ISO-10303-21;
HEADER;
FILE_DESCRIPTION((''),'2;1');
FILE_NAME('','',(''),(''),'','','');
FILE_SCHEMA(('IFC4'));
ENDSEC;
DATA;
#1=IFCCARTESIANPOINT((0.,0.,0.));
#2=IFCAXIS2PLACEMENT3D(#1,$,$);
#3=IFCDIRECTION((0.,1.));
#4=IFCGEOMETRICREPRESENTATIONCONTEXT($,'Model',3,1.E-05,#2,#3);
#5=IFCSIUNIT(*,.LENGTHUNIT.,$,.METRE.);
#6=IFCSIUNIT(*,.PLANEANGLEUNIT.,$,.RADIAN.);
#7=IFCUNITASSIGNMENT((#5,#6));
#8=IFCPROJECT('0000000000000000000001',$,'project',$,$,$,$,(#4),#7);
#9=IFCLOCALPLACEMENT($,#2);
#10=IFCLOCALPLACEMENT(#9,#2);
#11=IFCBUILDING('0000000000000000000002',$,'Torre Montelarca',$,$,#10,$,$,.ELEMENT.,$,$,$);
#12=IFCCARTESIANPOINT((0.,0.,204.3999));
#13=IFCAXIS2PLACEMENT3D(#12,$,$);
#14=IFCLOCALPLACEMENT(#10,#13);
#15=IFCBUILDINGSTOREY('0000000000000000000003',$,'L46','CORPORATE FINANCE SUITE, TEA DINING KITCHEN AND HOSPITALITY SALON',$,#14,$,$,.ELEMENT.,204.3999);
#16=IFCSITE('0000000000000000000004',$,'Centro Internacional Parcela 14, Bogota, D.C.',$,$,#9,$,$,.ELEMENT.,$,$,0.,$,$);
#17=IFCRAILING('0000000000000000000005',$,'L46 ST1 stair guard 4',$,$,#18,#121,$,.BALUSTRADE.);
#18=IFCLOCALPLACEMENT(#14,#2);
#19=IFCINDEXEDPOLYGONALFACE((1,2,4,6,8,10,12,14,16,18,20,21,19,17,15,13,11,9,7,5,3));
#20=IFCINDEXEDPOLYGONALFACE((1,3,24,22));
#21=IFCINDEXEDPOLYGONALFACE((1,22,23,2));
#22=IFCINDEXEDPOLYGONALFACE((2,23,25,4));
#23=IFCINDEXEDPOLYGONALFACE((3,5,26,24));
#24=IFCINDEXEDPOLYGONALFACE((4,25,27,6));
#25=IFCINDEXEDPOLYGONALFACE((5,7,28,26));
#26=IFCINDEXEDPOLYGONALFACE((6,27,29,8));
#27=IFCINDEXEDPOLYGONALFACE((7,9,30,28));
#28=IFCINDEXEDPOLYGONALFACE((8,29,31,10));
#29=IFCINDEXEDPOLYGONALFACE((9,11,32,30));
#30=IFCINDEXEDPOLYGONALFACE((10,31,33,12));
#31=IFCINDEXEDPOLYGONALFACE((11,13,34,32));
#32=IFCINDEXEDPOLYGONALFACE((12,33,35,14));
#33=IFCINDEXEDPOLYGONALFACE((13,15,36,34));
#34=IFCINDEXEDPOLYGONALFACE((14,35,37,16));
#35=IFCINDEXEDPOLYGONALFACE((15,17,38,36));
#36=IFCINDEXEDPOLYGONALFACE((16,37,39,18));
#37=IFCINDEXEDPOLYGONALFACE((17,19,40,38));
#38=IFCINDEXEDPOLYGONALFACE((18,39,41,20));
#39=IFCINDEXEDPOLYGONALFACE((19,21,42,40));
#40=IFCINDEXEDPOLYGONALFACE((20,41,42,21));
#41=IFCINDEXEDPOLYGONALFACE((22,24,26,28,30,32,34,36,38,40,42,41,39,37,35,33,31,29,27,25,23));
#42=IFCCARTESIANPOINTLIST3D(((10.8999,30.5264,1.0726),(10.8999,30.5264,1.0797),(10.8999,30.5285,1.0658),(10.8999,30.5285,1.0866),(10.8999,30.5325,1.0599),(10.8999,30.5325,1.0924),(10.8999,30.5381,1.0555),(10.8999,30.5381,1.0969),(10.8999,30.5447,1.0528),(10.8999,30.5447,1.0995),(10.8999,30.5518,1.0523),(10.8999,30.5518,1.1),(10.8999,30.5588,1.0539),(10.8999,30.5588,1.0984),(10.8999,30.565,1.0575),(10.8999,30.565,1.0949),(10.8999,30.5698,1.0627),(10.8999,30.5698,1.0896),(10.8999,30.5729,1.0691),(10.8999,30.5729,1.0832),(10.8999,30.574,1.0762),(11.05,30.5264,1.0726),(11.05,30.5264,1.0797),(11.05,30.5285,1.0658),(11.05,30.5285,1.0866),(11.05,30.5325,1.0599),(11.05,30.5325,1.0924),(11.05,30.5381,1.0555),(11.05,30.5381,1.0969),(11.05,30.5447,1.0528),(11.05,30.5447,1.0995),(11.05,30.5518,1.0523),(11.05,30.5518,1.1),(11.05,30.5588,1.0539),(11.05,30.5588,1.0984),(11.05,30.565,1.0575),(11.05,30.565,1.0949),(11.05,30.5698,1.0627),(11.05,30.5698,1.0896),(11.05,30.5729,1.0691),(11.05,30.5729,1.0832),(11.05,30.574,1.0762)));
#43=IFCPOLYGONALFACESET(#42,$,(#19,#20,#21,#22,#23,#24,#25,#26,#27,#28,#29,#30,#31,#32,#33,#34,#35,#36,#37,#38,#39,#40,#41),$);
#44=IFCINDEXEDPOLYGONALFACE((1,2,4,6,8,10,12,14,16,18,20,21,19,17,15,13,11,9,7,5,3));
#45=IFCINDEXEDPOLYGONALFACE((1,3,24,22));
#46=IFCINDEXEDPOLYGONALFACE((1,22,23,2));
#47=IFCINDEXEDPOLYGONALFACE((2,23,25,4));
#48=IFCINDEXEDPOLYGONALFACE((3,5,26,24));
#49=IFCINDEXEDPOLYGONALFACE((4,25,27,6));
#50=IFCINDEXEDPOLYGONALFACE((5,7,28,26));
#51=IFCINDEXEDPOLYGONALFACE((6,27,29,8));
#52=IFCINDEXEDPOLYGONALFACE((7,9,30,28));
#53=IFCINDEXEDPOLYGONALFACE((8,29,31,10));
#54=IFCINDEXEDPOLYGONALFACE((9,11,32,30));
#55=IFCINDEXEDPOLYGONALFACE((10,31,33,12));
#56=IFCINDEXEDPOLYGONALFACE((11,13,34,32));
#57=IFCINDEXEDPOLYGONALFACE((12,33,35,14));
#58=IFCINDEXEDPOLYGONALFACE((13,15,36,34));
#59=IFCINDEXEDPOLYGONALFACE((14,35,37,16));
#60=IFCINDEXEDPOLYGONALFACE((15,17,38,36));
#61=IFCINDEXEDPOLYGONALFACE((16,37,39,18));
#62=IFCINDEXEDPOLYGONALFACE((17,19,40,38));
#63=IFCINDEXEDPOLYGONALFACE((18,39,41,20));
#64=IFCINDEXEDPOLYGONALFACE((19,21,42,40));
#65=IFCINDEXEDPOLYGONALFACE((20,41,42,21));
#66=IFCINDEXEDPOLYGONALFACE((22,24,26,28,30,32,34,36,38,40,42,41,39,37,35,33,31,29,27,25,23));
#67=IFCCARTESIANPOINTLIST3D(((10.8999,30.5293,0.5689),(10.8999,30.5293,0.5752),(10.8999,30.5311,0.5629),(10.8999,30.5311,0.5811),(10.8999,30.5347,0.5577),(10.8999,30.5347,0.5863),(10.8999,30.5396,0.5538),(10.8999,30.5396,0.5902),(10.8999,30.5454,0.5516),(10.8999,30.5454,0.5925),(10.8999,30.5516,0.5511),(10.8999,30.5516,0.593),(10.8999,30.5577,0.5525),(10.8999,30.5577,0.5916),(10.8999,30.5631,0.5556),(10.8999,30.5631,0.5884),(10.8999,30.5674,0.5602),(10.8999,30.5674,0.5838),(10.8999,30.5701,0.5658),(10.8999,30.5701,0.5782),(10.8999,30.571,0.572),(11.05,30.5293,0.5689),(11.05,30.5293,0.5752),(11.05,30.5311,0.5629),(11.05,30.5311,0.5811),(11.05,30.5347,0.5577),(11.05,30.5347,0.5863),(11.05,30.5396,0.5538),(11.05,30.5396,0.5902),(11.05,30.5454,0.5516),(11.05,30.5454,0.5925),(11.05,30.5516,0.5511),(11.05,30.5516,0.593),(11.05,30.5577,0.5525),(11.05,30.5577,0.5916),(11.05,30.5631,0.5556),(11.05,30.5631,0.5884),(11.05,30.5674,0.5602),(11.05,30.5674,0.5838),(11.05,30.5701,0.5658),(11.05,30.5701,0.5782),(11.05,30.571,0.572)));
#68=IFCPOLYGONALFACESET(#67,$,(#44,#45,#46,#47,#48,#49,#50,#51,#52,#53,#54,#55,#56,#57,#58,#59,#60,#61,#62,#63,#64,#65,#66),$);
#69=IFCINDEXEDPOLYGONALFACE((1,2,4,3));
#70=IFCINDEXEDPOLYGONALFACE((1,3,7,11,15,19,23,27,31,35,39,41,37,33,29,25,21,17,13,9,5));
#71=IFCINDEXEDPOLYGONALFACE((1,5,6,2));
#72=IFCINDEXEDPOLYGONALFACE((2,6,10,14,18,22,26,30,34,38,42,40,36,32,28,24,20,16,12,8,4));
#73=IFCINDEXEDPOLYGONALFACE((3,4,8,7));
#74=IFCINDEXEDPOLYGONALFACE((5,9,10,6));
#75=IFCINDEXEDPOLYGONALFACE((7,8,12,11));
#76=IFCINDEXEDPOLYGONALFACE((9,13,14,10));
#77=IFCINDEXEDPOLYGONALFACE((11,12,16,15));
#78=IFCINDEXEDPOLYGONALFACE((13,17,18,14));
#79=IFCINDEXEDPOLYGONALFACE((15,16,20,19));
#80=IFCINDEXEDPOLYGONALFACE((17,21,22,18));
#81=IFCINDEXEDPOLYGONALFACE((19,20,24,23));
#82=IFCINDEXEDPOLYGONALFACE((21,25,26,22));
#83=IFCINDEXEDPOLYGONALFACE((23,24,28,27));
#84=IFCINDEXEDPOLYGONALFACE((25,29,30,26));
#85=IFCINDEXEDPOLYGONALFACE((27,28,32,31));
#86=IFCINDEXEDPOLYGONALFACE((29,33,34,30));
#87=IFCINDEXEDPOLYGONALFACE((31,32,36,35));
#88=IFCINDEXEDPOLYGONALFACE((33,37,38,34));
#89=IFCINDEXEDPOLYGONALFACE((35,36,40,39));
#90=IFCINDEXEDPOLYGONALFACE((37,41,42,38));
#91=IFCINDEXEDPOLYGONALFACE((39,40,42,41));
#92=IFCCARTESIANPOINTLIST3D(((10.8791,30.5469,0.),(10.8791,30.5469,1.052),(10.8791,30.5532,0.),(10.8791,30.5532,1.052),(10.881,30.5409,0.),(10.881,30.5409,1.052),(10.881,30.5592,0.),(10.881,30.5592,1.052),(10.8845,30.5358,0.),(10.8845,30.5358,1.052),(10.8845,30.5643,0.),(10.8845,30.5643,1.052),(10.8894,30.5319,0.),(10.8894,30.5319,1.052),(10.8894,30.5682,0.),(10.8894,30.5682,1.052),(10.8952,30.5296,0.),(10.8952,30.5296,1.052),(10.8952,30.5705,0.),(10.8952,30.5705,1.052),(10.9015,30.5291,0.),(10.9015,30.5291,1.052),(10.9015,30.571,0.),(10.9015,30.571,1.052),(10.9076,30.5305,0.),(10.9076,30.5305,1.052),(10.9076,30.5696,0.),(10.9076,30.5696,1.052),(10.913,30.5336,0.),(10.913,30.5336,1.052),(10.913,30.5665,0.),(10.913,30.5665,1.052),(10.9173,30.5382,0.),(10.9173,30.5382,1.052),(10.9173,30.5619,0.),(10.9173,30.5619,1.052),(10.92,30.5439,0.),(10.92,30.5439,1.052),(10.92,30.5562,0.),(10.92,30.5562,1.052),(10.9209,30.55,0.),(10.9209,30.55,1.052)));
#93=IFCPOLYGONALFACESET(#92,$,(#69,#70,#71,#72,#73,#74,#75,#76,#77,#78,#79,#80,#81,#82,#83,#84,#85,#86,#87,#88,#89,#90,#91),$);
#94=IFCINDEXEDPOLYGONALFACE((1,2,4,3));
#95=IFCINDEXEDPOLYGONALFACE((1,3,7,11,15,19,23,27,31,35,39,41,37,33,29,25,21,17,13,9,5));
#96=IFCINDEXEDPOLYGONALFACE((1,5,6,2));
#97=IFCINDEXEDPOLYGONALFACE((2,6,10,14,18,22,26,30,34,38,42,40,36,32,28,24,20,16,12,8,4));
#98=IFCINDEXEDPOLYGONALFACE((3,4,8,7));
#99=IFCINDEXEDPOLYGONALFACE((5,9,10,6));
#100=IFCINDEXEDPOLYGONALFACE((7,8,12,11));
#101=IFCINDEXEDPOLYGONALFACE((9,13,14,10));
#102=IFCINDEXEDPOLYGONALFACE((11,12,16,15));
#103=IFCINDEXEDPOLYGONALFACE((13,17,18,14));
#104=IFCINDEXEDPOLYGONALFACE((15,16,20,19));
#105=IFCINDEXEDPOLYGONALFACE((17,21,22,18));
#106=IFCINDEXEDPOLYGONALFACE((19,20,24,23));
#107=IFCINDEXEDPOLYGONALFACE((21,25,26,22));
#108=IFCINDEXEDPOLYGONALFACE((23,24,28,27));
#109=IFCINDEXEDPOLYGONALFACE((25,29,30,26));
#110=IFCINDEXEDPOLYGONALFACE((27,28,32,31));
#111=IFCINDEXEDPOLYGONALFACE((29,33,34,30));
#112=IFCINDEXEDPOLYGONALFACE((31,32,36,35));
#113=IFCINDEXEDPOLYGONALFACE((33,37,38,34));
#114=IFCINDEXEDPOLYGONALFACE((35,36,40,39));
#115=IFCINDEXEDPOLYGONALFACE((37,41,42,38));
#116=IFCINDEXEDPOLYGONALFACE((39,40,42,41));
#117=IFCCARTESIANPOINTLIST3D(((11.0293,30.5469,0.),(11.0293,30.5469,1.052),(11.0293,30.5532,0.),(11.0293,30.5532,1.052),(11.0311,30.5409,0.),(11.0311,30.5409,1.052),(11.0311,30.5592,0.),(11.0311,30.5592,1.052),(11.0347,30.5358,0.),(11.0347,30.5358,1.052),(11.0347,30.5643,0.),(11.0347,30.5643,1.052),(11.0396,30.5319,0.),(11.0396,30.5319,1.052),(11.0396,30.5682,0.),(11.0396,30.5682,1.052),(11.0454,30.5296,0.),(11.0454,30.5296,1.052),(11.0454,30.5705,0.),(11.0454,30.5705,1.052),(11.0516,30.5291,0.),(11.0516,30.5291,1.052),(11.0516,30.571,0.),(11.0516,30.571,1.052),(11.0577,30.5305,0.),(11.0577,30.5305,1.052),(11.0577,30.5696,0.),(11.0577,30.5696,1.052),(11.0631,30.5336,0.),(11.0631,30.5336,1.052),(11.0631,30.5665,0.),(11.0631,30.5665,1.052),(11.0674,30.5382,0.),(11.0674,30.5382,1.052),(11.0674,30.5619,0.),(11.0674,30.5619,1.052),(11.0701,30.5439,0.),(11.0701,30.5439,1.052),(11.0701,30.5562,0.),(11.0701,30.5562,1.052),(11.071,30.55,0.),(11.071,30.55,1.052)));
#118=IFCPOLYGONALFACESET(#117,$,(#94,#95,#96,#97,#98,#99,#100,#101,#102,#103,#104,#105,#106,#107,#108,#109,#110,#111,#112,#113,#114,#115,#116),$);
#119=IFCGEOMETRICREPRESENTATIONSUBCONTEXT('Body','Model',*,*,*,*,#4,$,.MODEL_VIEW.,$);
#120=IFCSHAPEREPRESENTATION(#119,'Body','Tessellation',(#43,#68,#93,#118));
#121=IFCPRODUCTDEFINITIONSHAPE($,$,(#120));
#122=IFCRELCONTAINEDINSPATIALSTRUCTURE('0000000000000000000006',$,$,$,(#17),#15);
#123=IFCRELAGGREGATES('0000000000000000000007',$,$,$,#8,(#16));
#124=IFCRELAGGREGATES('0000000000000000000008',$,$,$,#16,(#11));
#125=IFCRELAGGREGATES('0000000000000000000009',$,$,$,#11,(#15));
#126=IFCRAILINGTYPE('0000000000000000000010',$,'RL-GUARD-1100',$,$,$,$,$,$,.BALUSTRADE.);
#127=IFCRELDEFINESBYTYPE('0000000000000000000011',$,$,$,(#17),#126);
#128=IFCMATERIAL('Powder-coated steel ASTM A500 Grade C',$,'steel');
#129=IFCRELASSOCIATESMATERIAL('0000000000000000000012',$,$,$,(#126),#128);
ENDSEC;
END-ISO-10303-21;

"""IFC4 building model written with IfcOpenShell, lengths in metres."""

from ifc_helpers import new_model, si_unit, direction, frame, origin, origin_2d, place, context, subcontext, project, spatial, circle, extrude, material, type_object, element, save


model = new_model("IFC4")

# Units and contexts
model_context = context("Model", 3, precision=1e-05, world=origin(), true_north=direction((0.0, 1.0)))
body_context = subcontext(model_context, "Body", "Model", "MODEL_VIEW")
ifc_project = project(units=[si_unit("LENGTHUNIT", "METRE"), si_unit("PLANEANGLEUNIT", "RADIAN")], contexts=[model_context])

# Site, building, storey
site_placement = place(None, origin())
site = spatial("IfcSite", under=ifc_project, at=site_placement, Name="Centro Internacional Parcela 14, Bogota, D.C.", CompositionType="ELEMENT", RefElevation=0.0)
building_placement = place(site_placement, origin())
building = spatial("IfcBuilding", under=site, at=building_placement, Name="Torre Montelarca", CompositionType="ELEMENT")
storey_placement = place(building_placement, frame((0.0, 0.0, 204.3999)))
storey = spatial("IfcBuildingStorey", under=building, at=storey_placement, Name="L46", Description="CORPORATE FINANCE SUITE, TEA DINING KITCHEN AND HOSPITALITY SALON", CompositionType="ELEMENT", Elevation=204.3999)

# Railing
ifc_material_1 = material(Name="Powder-coated steel ASTM A500 Grade C", Category="steel")
railing_type = type_object("IfcRailingType", Name="RL-GUARD-1100", PredefinedType="BALUSTRADE", material=ifc_material_1)
railing_1_placement = place(storey_placement, frame((10.8999, 30.55, 0.0)))
element("IfcRailing", 1, at=railing_1_placement, inside=storey, type_object=railing_type, Name="L46 ST1 stair guard 4", PredefinedType="BALUSTRADE", context=body_context, shape_type="SweptSolid", body=[
    extrude(circle(Radius=0.0239, at=origin_2d()), frame((0.0, 0.0, 1.0762), z_axis=(1.0, 0.0, 0.0), x_axis=(0.0, 1.0, 0.0)), (0.0, 0.0, 1.0), 0.1501),
    extrude(circle(Radius=0.021, at=origin_2d()), frame((0.0, 0.0, 0.572), z_axis=(1.0, 0.0, 0.0), x_axis=(0.0, 1.0, 0.0)), (0.0, 0.0, 1.0), 0.1501),
    extrude(circle(Radius=0.021, at=origin_2d()), origin(), (0.0, 0.0, 1.0), 1.052),
    extrude(circle(Radius=0.021, at=origin_2d()), frame((0.1501, 0.0, 0.0)), (0.0, 0.0, 1.0), 1.052),
])

save(model, "model.ifc")
